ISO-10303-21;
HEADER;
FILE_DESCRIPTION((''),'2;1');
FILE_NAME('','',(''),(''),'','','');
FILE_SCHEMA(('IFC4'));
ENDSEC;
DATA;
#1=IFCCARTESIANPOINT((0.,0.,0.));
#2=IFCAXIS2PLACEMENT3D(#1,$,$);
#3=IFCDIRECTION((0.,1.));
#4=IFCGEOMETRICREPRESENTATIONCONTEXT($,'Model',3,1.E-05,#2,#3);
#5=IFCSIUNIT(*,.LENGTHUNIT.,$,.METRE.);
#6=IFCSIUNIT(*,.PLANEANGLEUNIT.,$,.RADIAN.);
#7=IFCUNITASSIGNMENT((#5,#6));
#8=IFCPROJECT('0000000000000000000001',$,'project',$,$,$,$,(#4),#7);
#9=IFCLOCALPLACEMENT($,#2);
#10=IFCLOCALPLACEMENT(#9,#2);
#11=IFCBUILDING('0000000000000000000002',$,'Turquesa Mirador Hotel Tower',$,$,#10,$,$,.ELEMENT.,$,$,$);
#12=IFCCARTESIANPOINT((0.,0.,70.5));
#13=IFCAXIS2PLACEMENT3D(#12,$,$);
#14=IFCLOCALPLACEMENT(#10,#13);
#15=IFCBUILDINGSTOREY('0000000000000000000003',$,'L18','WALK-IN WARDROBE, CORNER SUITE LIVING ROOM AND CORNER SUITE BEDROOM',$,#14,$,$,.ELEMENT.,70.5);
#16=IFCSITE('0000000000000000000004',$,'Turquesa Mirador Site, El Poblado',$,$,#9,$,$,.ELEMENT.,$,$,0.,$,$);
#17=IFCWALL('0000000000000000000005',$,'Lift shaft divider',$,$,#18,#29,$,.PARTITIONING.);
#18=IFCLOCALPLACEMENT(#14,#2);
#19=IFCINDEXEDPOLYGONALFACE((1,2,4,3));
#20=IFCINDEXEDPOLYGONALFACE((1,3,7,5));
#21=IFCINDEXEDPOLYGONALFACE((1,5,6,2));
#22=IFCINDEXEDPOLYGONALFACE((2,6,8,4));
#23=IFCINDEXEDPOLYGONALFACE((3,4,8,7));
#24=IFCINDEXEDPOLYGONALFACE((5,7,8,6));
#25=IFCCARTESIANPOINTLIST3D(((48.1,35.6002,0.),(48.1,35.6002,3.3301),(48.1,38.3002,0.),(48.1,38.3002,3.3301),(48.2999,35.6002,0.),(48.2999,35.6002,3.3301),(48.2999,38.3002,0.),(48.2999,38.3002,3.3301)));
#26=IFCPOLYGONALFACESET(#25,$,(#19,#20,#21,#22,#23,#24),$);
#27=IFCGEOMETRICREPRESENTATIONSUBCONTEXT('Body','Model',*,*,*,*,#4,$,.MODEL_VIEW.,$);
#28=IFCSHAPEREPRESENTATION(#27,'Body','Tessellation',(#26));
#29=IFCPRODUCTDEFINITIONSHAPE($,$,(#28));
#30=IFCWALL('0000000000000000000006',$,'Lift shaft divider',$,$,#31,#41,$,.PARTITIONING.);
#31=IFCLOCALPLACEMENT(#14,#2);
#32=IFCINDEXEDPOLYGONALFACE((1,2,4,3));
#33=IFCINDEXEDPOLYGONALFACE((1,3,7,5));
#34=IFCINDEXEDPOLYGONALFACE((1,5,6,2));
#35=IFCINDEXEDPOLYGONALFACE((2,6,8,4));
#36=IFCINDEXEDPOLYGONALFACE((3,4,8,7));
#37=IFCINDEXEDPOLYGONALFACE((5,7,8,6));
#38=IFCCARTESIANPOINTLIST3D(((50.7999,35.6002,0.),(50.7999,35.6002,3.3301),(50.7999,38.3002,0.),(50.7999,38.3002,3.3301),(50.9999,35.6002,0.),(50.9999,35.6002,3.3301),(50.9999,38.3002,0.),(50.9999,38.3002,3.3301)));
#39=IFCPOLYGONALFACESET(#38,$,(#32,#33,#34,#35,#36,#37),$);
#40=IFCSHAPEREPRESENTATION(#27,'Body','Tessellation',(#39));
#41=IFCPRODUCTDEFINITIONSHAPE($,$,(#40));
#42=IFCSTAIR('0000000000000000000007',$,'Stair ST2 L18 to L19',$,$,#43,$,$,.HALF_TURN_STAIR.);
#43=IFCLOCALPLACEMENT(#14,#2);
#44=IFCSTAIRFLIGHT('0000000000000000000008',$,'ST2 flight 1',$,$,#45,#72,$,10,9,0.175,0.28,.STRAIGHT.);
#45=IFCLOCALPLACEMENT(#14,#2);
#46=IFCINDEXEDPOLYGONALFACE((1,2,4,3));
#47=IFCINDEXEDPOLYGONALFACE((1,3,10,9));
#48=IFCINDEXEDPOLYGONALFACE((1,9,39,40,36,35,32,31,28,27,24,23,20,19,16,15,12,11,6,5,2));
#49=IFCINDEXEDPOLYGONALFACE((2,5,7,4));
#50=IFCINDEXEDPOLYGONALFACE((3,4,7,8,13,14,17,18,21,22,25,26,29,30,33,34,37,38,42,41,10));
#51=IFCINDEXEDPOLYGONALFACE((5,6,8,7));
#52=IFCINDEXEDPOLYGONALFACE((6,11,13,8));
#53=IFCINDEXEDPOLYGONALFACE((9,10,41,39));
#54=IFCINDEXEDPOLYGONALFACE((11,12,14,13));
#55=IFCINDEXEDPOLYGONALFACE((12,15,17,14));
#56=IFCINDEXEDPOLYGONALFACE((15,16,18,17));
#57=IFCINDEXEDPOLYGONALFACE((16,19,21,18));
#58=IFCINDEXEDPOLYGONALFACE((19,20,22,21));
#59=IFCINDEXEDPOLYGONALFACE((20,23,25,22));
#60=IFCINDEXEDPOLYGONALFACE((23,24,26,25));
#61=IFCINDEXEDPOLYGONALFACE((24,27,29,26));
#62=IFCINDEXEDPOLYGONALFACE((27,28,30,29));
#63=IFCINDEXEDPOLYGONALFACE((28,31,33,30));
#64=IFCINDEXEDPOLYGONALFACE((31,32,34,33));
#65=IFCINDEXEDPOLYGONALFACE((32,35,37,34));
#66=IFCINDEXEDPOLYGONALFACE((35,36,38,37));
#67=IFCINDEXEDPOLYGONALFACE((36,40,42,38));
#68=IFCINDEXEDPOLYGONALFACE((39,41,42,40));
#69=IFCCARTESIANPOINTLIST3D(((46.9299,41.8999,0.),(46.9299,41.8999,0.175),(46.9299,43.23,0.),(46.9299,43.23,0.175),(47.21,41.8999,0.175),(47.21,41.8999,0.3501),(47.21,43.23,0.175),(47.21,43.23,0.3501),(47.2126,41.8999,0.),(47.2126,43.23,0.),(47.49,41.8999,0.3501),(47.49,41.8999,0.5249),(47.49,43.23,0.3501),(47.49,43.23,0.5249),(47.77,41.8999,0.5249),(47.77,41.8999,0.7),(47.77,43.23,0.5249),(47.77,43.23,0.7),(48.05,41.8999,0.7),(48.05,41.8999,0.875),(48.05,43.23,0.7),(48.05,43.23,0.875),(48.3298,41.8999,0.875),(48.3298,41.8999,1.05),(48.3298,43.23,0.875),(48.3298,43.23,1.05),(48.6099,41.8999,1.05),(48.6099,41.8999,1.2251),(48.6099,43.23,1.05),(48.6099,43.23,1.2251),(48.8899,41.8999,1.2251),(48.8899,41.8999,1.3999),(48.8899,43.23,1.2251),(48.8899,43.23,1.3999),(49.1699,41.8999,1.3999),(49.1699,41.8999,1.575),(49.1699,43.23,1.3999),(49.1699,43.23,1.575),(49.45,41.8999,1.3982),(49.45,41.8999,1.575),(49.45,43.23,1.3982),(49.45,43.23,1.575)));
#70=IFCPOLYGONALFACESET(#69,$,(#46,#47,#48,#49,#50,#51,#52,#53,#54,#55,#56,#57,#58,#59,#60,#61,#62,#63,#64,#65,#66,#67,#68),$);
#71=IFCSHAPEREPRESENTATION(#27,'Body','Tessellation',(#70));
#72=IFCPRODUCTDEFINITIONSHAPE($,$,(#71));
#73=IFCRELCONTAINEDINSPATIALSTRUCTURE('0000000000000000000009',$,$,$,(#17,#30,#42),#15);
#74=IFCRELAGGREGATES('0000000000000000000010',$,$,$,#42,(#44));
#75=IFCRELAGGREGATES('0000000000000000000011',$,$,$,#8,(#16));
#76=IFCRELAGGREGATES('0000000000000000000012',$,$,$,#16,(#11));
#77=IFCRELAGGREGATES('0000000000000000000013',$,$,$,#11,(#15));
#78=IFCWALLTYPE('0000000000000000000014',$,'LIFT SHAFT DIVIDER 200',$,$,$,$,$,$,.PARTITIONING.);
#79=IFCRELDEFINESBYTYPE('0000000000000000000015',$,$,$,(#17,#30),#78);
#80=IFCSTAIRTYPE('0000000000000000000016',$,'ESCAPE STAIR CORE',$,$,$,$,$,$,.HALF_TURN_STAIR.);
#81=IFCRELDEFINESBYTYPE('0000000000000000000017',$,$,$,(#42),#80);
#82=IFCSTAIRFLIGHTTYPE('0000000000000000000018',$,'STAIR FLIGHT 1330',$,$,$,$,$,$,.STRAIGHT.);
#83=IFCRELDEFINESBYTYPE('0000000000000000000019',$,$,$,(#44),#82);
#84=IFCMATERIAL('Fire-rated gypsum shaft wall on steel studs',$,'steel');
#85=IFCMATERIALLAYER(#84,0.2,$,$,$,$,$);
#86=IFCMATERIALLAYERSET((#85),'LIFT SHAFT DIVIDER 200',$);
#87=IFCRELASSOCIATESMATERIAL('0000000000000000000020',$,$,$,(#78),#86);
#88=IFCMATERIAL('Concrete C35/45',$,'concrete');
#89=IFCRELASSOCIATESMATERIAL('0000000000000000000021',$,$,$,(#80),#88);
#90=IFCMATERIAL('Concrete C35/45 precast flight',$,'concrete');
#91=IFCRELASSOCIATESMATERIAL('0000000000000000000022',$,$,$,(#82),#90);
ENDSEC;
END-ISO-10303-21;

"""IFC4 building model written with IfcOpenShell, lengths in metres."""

from ifc_helpers import new_model, si_unit, direction, frame, frame_2d, origin, place, context, subcontext, project, spatial, polyline, rectangle, outline, extrude, material, layer, layer_set, type_object, element, aggregate, save


model = new_model("IFC4")

# Units and contexts
model_context = context("Model", 3, precision=1e-05, world=origin(), true_north=direction((0.0, 1.0)))
body_context = subcontext(model_context, "Body", "Model", "MODEL_VIEW")
ifc_project = project(units=[si_unit("LENGTHUNIT", "METRE"), si_unit("PLANEANGLEUNIT", "RADIAN")], contexts=[model_context])

# Site, building, storey
site_placement = place(None, origin())
site = spatial("IfcSite", under=ifc_project, at=site_placement, Name="Turquesa Mirador Site, El Poblado", CompositionType="ELEMENT", RefElevation=0.0)
building_placement = place(site_placement, origin())
building = spatial("IfcBuilding", under=site, at=building_placement, Name="Turquesa Mirador Hotel Tower", CompositionType="ELEMENT")
storey_placement = place(building_placement, frame((0.0, 0.0, 70.5)))
storey = spatial("IfcBuildingStorey", under=building, at=storey_placement, Name="L18", Description="WALK-IN WARDROBE, CORNER SUITE LIVING ROOM AND CORNER SUITE BEDROOM", CompositionType="ELEMENT", Elevation=70.5)

# Walls
ifc_material_1 = material(Name="Fire-rated gypsum shaft wall on steel studs", Category="steel")
ifc_layer_1 = layer(ifc_material_1, 0.2)
ifc_layer_set_1 = layer_set([ifc_layer_1], Name="LIFT SHAFT DIVIDER 200")
wall_type_1 = type_object("IfcWallType", Name="LIFT SHAFT DIVIDER 200", PredefinedType="PARTITIONING", material=ifc_layer_set_1)
for number, where, z_axis, x_axis, name in (
    (1, (48.2, 35.6001, 0.0), (0.0, 0.0, 1.0), (0.0, 1.0, 0.0), "Lift shaft divider"),
    (2, (50.8999, 35.6001, 0.0), (0.0, 0.0, 1.0), (0.0, 1.0, 0.0), "Lift shaft divider"),
):
    element("IfcWall", number, at=place(storey_placement, frame(where, z_axis=z_axis, x_axis=x_axis)), inside=storey, type_object=wall_type_1, Name=name, PredefinedType="PARTITIONING", context=body_context, shape_type="SweptSolid", body=[
        extrude(rectangle(XDim=2.7, YDim=0.2, at=frame_2d((1.3501, 0.0))), origin(), (0.0, 0.0, 1.0), 3.3301),
    ])

# Stair, stair flight
ifc_material_2 = material(Name="Concrete C35/45", Category="concrete")
stair_type = type_object("IfcStairType", Name="ESCAPE STAIR CORE", PredefinedType="HALF_TURN_STAIR", material=ifc_material_2)
stair_placement = place(storey_placement, origin())
stair = element("IfcStair", 3, at=stair_placement, inside=storey, type_object=stair_type, Name="Stair ST2 L18 to L19", PredefinedType="HALF_TURN_STAIR")
ifc_material_3 = material(Name="Concrete C35/45 precast flight", Category="concrete")
stair_flight_type = type_object("IfcStairFlightType", Name="STAIR FLIGHT 1330", PredefinedType="STRAIGHT", material=ifc_material_3)
stair_flight_placement = place(storey_placement, frame((46.9299, 42.5649, 0.0), z_axis=(0.0, 0.0, 1.0), x_axis=(1.0, 0.0, 0.0)))
stair_flight = element("IfcStairFlight", 4, at=stair_flight_placement, type_object=stair_flight_type, Name="ST2 flight 1", NumberOfRisers=10, NumberOfTreads=9, PredefinedType="STRAIGHT", RiserHeight=0.175, TreadLength=0.28, context=body_context, shape_type="SweptSolid", body=[
    extrude(outline(polyline([(0.0, 0.0), (0.0, 0.175), (0.28, 0.175), (0.28, 0.3501), (0.5601, 0.3501), (0.5601, 0.5249), (0.8401, 0.5249), (0.8401, 0.7), (1.1201, 0.7), (1.1201, 0.875), (1.3999, 0.875), (1.3999, 1.05), (1.6799, 1.05), (1.6799, 1.2251), (1.96, 1.2251), (1.96, 1.3999), (2.24, 1.3999), (2.24, 1.575), (2.52, 1.575), (2.52, 1.75), (2.52, 1.3982), (0.2827, 0.0), (0.0, 0.0)])), frame((0.0, 0.665, 0.0), z_axis=(0.0, -1.0, 0.0), x_axis=(1.0, 0.0, 0.0)), (0.0, 0.0, 1.0), 1.3301),
])
aggregate(stair, [stair_flight])

save(model, "model.ifc")
